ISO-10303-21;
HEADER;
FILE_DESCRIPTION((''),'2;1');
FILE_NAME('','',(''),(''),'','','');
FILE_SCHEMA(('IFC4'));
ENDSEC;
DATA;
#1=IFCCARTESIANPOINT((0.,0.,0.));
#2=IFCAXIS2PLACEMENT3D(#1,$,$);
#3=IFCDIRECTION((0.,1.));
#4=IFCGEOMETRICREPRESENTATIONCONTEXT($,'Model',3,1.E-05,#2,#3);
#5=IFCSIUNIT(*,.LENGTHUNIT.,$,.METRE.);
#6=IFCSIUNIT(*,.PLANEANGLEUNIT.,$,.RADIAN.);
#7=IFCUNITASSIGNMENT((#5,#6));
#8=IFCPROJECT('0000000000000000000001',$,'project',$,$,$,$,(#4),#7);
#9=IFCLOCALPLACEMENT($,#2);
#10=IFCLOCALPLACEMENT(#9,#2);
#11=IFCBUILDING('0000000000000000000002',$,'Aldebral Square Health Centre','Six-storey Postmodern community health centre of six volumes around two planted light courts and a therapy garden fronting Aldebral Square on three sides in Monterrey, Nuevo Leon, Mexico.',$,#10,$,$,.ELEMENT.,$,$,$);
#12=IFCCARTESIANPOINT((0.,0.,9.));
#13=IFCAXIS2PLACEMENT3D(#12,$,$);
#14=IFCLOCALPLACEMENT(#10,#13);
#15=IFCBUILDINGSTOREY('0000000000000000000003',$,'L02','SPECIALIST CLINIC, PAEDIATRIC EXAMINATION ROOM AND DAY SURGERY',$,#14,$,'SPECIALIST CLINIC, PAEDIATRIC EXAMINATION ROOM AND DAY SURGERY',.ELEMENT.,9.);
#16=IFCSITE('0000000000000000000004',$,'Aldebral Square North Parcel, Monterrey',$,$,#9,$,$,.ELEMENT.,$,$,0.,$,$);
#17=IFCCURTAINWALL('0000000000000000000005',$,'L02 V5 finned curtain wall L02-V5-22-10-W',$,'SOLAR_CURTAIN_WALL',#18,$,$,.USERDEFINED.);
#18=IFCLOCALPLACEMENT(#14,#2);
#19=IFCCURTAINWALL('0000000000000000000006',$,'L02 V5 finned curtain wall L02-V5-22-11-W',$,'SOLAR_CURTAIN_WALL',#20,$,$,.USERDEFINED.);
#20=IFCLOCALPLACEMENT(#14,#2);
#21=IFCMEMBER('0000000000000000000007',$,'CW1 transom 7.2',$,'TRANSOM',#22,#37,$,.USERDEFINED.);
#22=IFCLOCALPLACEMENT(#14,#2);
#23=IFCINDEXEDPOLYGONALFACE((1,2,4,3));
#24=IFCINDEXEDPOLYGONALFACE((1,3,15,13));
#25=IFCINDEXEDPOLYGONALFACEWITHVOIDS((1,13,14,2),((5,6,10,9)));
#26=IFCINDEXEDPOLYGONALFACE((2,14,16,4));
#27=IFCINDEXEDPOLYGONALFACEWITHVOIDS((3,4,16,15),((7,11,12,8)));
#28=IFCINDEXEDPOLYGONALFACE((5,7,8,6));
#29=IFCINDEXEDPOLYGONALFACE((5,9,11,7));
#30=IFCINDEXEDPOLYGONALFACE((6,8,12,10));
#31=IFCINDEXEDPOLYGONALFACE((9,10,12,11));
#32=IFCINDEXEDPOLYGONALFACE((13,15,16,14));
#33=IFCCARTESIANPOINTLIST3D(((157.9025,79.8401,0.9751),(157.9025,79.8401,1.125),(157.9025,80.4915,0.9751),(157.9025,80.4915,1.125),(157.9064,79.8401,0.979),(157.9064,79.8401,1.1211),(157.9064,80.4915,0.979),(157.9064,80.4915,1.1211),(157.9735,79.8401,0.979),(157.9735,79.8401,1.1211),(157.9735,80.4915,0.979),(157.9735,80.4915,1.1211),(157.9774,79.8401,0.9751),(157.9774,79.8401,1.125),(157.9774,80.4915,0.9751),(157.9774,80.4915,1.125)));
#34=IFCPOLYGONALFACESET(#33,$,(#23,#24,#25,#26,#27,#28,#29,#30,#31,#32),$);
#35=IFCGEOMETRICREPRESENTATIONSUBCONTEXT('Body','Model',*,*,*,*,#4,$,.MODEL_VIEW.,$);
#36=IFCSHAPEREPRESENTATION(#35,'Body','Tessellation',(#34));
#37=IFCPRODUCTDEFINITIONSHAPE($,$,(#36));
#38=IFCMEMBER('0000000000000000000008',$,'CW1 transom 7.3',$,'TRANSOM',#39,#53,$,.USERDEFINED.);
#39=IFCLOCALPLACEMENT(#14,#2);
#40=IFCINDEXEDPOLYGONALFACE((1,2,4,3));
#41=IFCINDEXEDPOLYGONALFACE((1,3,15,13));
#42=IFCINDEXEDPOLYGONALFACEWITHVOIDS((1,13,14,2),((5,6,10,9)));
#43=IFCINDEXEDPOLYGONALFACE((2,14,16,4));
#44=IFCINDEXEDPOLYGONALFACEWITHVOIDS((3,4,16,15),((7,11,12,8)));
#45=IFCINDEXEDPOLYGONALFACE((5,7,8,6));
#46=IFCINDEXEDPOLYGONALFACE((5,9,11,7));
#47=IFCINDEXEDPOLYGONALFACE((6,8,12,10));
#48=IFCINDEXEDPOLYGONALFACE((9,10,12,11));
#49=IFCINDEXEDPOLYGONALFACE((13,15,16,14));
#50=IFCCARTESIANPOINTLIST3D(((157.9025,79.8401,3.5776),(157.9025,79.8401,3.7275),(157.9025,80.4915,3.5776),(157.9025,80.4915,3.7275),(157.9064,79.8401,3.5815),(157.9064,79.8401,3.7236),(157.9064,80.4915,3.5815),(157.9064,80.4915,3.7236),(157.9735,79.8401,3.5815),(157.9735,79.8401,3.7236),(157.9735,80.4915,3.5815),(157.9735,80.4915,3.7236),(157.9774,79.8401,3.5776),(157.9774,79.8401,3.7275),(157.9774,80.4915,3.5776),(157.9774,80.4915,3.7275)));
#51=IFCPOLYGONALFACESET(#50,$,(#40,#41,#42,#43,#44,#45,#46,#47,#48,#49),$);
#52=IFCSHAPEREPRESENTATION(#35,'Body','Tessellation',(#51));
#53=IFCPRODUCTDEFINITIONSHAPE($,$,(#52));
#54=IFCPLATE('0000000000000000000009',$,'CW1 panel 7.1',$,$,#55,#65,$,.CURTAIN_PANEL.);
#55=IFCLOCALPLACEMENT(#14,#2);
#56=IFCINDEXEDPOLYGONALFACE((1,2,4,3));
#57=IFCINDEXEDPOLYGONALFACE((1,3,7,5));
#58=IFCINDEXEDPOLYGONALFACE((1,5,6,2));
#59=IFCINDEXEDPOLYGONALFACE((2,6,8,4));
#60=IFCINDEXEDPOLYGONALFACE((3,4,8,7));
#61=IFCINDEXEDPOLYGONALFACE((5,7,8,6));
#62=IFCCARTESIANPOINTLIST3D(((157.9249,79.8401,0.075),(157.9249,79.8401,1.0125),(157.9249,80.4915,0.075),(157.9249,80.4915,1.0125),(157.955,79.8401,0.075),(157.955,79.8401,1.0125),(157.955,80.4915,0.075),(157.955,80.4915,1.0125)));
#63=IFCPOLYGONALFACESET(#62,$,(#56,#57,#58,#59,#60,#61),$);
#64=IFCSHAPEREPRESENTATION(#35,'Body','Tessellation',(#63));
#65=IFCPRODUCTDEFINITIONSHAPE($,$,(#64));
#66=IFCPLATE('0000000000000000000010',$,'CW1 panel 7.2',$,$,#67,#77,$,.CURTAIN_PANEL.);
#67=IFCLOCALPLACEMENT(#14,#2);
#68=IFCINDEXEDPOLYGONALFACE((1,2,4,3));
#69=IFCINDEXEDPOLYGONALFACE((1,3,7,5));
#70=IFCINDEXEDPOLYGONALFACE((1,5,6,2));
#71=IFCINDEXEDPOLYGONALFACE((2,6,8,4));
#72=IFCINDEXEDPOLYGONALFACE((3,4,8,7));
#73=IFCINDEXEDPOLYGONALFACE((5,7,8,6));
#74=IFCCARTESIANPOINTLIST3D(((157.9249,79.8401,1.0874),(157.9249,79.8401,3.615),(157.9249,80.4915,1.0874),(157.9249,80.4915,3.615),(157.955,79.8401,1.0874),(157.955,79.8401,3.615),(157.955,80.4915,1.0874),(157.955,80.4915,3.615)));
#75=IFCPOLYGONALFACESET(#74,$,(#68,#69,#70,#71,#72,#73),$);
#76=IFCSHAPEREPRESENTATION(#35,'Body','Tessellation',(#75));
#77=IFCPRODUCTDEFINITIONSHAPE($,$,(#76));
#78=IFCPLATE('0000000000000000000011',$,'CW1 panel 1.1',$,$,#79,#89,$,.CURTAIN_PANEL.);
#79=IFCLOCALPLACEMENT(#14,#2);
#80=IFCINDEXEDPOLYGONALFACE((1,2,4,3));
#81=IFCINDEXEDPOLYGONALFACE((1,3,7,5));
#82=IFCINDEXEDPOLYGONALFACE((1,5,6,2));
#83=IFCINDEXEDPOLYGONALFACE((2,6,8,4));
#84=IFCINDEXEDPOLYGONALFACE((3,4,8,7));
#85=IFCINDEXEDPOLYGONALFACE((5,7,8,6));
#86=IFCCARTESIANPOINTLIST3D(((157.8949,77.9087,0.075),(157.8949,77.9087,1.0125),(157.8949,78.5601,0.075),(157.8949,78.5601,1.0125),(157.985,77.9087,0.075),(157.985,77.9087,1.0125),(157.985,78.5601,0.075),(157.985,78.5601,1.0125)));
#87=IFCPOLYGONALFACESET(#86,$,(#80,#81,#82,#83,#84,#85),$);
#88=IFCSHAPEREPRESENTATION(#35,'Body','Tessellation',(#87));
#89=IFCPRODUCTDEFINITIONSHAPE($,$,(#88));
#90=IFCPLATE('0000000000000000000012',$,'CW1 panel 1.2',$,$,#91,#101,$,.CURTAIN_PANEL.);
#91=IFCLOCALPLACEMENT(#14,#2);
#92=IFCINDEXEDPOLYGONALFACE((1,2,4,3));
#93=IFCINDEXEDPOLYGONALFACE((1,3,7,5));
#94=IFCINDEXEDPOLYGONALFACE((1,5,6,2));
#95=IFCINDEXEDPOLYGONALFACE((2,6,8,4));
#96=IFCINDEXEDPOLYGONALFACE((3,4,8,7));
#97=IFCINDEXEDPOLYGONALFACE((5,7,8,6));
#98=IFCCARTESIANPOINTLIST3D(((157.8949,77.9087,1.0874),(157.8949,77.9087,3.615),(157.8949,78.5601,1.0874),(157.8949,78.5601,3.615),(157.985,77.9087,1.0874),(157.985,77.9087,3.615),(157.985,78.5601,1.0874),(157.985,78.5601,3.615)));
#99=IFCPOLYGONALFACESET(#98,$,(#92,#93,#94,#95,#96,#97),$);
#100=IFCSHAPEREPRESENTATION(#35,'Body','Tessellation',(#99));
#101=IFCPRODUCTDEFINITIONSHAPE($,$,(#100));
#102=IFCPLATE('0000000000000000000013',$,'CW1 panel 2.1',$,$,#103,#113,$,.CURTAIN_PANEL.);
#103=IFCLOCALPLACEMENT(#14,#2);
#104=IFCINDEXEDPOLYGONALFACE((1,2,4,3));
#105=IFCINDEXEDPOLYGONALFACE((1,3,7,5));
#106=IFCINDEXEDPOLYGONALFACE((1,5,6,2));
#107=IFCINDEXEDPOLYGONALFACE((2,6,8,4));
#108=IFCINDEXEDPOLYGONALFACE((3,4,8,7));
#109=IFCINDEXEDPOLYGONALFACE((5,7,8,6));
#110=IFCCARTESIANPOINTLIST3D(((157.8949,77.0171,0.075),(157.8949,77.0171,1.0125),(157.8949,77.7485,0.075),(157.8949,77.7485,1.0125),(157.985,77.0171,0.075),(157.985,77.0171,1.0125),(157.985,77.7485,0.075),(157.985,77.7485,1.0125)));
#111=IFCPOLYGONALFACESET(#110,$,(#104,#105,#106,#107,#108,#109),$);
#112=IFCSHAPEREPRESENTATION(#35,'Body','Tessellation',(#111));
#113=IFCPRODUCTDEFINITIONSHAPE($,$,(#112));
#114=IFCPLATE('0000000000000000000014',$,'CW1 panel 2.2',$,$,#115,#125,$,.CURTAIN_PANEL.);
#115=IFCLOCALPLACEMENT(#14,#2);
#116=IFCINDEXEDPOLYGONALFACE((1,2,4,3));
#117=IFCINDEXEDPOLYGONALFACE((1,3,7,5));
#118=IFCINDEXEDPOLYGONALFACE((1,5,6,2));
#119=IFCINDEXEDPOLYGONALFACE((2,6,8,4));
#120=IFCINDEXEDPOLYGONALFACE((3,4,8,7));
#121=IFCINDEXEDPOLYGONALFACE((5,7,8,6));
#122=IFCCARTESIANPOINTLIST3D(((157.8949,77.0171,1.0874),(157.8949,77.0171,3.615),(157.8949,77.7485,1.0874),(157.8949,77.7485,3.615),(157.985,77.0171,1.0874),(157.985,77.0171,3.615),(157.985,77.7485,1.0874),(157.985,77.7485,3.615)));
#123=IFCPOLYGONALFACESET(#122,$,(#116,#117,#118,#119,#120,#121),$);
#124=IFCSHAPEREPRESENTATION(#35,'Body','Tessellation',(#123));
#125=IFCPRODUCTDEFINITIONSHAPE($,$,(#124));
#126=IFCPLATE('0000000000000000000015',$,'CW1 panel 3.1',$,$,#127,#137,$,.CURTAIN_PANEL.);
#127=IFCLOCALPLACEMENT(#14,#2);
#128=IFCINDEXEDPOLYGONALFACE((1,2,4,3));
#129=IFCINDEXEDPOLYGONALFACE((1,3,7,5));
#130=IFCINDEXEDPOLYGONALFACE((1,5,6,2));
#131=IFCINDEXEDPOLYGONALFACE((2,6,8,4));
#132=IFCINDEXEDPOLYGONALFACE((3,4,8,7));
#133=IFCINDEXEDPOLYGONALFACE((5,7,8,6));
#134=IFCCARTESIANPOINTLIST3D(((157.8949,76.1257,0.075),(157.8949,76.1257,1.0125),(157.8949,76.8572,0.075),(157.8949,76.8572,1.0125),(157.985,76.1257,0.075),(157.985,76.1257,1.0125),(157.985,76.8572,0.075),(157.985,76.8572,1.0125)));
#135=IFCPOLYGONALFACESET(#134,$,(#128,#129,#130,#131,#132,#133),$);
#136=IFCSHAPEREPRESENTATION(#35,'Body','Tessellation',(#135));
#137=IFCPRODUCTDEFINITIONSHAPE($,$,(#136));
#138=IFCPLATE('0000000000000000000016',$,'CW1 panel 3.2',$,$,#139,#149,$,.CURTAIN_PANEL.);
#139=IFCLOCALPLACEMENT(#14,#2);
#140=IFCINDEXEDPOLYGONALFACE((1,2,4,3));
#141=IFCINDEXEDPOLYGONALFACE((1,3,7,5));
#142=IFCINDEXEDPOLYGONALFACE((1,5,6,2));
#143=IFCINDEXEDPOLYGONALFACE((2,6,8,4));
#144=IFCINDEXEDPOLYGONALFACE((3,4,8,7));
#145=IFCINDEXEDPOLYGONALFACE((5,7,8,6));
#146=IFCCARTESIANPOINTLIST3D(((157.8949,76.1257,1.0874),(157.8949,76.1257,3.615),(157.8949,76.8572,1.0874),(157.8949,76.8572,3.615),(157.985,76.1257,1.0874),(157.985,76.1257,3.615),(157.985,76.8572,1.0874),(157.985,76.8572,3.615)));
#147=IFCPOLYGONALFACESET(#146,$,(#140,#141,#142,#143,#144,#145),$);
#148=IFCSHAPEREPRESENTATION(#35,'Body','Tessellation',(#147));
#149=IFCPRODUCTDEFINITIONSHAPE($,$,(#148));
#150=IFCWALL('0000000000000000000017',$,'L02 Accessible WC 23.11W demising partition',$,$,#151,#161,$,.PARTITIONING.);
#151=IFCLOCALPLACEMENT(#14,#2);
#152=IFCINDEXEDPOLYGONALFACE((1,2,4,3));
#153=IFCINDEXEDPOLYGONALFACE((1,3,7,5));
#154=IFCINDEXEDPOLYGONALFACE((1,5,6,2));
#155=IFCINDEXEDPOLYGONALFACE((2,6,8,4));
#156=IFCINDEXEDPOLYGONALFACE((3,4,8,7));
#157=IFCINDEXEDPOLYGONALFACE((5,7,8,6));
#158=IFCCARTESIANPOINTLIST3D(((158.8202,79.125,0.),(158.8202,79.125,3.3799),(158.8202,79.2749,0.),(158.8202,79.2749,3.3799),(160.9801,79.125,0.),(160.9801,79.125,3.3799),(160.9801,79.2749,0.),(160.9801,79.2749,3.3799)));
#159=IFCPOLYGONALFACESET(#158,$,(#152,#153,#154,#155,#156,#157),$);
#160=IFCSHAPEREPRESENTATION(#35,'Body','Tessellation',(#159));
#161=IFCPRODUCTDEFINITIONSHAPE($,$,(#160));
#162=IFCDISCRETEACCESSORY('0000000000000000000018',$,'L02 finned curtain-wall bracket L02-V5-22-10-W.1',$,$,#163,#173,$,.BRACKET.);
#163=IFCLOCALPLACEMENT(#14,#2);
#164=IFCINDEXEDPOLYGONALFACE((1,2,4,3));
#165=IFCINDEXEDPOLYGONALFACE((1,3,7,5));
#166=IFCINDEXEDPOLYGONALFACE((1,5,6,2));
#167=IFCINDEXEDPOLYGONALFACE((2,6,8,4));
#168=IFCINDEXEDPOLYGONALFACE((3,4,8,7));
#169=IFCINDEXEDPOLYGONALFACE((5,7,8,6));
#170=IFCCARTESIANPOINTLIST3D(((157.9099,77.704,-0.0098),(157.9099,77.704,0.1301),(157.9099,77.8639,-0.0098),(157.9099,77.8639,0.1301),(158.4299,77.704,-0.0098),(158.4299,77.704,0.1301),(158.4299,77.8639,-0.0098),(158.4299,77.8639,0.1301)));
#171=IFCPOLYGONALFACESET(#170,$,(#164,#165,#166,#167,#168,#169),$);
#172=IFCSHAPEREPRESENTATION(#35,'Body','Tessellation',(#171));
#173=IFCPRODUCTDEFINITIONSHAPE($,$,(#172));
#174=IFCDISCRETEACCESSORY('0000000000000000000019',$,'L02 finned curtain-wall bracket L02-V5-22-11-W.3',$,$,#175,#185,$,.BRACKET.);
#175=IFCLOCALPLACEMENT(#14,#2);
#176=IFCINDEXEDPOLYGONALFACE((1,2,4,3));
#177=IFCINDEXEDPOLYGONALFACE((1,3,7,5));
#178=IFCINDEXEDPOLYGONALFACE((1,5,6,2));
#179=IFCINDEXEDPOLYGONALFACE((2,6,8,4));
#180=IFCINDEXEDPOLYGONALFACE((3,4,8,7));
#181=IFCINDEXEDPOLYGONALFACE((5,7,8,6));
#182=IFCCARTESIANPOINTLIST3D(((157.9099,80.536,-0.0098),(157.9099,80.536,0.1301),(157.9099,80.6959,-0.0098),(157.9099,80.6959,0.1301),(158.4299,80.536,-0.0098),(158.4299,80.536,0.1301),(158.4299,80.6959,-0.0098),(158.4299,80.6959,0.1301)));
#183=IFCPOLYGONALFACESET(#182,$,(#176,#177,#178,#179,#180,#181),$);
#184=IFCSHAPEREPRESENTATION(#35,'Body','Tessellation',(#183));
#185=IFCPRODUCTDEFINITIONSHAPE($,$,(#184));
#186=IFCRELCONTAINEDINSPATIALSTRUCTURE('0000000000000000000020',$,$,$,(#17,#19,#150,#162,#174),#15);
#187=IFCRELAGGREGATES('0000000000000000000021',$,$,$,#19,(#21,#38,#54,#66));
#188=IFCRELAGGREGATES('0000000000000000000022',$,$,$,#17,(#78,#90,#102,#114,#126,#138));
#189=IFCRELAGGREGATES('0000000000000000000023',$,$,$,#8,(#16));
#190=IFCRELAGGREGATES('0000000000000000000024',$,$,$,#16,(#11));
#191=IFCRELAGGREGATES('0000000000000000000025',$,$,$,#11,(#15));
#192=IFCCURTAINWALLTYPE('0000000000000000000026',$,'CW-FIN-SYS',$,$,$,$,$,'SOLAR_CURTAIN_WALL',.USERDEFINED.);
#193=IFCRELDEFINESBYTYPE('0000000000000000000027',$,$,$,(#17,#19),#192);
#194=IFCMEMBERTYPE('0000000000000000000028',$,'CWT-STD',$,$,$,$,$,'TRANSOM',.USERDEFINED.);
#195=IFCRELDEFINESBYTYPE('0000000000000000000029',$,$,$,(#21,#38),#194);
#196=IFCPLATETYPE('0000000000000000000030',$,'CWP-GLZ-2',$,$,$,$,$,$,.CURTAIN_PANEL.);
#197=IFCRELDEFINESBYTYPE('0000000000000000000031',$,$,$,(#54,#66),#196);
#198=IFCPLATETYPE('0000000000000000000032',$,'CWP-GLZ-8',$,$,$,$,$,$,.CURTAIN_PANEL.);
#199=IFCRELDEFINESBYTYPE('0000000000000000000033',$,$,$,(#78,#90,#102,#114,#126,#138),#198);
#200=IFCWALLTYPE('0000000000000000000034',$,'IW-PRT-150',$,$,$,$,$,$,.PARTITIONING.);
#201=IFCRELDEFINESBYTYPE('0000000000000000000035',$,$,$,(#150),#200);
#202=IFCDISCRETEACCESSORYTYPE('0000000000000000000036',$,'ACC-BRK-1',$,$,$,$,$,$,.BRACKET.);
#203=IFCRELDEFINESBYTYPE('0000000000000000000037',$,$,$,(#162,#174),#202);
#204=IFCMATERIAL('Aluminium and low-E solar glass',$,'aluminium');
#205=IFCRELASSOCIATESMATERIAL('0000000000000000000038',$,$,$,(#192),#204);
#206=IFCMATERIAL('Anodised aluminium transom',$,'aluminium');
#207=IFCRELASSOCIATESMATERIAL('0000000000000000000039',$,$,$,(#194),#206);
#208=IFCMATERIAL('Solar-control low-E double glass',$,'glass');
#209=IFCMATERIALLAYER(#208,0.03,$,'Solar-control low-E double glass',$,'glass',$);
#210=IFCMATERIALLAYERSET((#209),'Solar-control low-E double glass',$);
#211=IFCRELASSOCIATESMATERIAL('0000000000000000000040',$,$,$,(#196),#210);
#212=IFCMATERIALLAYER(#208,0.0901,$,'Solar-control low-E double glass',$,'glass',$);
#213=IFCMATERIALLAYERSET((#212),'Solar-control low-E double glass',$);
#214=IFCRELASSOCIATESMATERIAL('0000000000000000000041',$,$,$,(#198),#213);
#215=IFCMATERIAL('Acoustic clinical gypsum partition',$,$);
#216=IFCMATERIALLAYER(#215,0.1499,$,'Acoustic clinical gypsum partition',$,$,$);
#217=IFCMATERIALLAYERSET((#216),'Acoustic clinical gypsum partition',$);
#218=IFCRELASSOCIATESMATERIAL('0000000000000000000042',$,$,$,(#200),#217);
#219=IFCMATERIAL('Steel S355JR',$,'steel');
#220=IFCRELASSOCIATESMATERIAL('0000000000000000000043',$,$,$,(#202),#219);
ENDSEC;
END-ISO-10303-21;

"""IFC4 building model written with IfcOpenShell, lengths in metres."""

from ifc_helpers import new_model, si_unit, direction, frame, frame_2d, origin, origin_2d, place, context, subcontext, project, spatial, rectangle, hollow_rectangle, extrude, material, layer, layer_set, material_profile, profile_set, type_object, element, aggregate, save


model = new_model("IFC4")

# Units and contexts
model_context = context("Model", 3, precision=1e-05, world=origin(), true_north=direction((0.0, 1.0)))
body_context = subcontext(model_context, "Body", "Model", "MODEL_VIEW")
ifc_project = project(units=[si_unit("LENGTHUNIT", "METRE"), si_unit("PLANEANGLEUNIT", "RADIAN")], contexts=[model_context])

# Site, building, storey
site_placement = place(None, origin())
site = spatial("IfcSite", under=ifc_project, at=site_placement, Name="Aldebral Square North Parcel, Monterrey", CompositionType="ELEMENT", RefElevation=0.0)
building_placement = place(site_placement, origin())
building = spatial("IfcBuilding", under=site, at=building_placement, Name="Aldebral Square Health Centre", Description="Six-storey Postmodern community health centre of six volumes around two planted light courts and a therapy garden fronting Aldebral Square on three sides in Monterrey, Nuevo Leon, Mexico.", CompositionType="ELEMENT")
storey_placement = place(building_placement, frame((0.0, 0.0, 9.0)))
storey = spatial("IfcBuildingStorey", under=building, at=storey_placement, Name="L02", Description="SPECIALIST CLINIC, PAEDIATRIC EXAMINATION ROOM AND DAY SURGERY", LongName="SPECIALIST CLINIC, PAEDIATRIC EXAMINATION ROOM AND DAY SURGERY", CompositionType="ELEMENT", Elevation=9.0)

# Curtain walls
ifc_material_1 = material(Name="Aluminium and low-E solar glass", Category="aluminium")
curtain_wall_type = type_object("IfcCurtainWallType", Name="CW-FIN-SYS", ElementType="SOLAR_CURTAIN_WALL", PredefinedType="USERDEFINED", material=ifc_material_1)
curtain_wall_1_placement = place(storey_placement, origin())
curtain_wall_1 = element("IfcCurtainWall", 1, at=curtain_wall_1_placement, inside=storey, type_object=curtain_wall_type, Name="L02 V5 finned curtain wall L02-V5-22-10-W", ObjectType="SOLAR_CURTAIN_WALL", PredefinedType="USERDEFINED")
curtain_wall_2_placement = place(storey_placement, origin())
curtain_wall_2 = element("IfcCurtainWall", 2, at=curtain_wall_2_placement, inside=storey, type_object=curtain_wall_type, Name="L02 V5 finned curtain wall L02-V5-22-11-W", ObjectType="SOLAR_CURTAIN_WALL", PredefinedType="USERDEFINED")

# Members
ifc_material_2 = material(Name="Anodised aluminium transom", Category="aluminium")
ifc_material_profile_1 = material_profile(ifc_material_2, hollow_rectangle(XDim=0.075, YDim=0.1499, WallThickness=0.0039, at=origin_2d()), Name="CWT 75x150x4")
ifc_profile_set_1 = profile_set([ifc_material_profile_1], Name="Anodised aluminium transom")
member_type_1 = type_object("IfcMemberType", Name="CWT-STD", ElementType="TRANSOM", PredefinedType="USERDEFINED", material=ifc_profile_set_1)
member_1_placement = place(storey_placement, frame((157.9399, 80.4915, 1.05), z_axis=(0.0, -1.0, 0.0), x_axis=(1.0, 0.0, 0.0)))
member_1 = element("IfcMember", 3, at=member_1_placement, type_object=member_type_1, Name="CW1 transom 7.2", ObjectType="TRANSOM", PredefinedType="USERDEFINED", context=body_context, shape_type="SweptSolid", body=[
    extrude(hollow_rectangle(XDim=0.075, YDim=0.1499, WallThickness=0.0039, at=origin_2d()), origin(), (0.0, 0.0, 1.0), 0.6514),
])
member_2_placement = place(storey_placement, frame((157.9399, 80.4915, 3.6526), z_axis=(0.0, -1.0, 0.0), x_axis=(1.0, 0.0, 0.0)))
member_2 = element("IfcMember", 4, at=member_2_placement, type_object=member_type_1, Name="CW1 transom 7.3", ObjectType="TRANSOM", PredefinedType="USERDEFINED", context=body_context, shape_type="SweptSolid", body=[
    extrude(hollow_rectangle(XDim=0.075, YDim=0.1499, WallThickness=0.0039, at=origin_2d()), origin(), (0.0, 0.0, 1.0), 0.6514),
])

# Plates
ifc_material_3 = material(Name="Solar-control low-E double glass", Category="glass")
ifc_layer_1 = layer(ifc_material_3, 0.03, Name="Solar-control low-E double glass", Category="glass")
ifc_layer_set_1 = layer_set([ifc_layer_1], Name="Solar-control low-E double glass")
plate_type_1 = type_object("IfcPlateType", Name="CWP-GLZ-2", PredefinedType="CURTAIN_PANEL", material=ifc_layer_set_1)
plate_1_placement = place(storey_placement, frame((157.9399, 80.1658, 0.075), z_axis=(0.0, 0.0, 1.0), x_axis=(0.0, -1.0, 0.0)))
plate_1 = element("IfcPlate", 5, at=plate_1_placement, type_object=plate_type_1, Name="CW1 panel 7.1", PredefinedType="CURTAIN_PANEL", context=body_context, shape_type="SweptSolid", body=[
    extrude(rectangle(XDim=0.6514, YDim=0.03, at=origin_2d()), origin(), (0.0, 0.0, 1.0), 0.9375),
])
plate_2_placement = place(storey_placement, frame((157.9399, 80.1658, 1.0874), z_axis=(0.0, 0.0, 1.0), x_axis=(0.0, -1.0, 0.0)))
plate_2 = element("IfcPlate", 6, at=plate_2_placement, type_object=plate_type_1, Name="CW1 panel 7.2", PredefinedType="CURTAIN_PANEL", context=body_context, shape_type="SweptSolid", body=[
    extrude(rectangle(XDim=0.6514, YDim=0.03, at=origin_2d()), origin(), (0.0, 0.0, 1.0), 2.5276),
])
aggregate(curtain_wall_2, [member_1, member_2, plate_1, plate_2])
ifc_layer_2 = layer(ifc_material_3, 0.0901, Name="Solar-control low-E double glass", Category="glass")
ifc_layer_set_2 = layer_set([ifc_layer_2], Name="Solar-control low-E double glass")
plate_type_2 = type_object("IfcPlateType", Name="CWP-GLZ-8", PredefinedType="CURTAIN_PANEL", material=ifc_layer_set_2)
plate_3_placement = place(storey_placement, frame((157.9399, 78.2344, 0.075), z_axis=(0.0, 0.0, 1.0), x_axis=(0.0, -1.0, 0.0)))
plate_3 = element("IfcPlate", 7, at=plate_3_placement, type_object=plate_type_2, Name="CW1 panel 1.1", PredefinedType="CURTAIN_PANEL", context=body_context, shape_type="SweptSolid", body=[
    extrude(rectangle(XDim=0.6514, YDim=0.0901, at=origin_2d()), origin(), (0.0, 0.0, 1.0), 0.9375),
])
plate_4_placement = place(storey_placement, frame((157.9399, 78.2344, 1.0874), z_axis=(0.0, 0.0, 1.0), x_axis=(0.0, -1.0, 0.0)))
plate_4 = element("IfcPlate", 8, at=plate_4_placement, type_object=plate_type_2, Name="CW1 panel 1.2", PredefinedType="CURTAIN_PANEL", context=body_context, shape_type="SweptSolid", body=[
    extrude(rectangle(XDim=0.6514, YDim=0.0901, at=origin_2d()), origin(), (0.0, 0.0, 1.0), 2.5276),
])
plate_5_placement = place(storey_placement, frame((157.9399, 77.3828, 0.075), z_axis=(0.0, 0.0, 1.0), x_axis=(0.0, -1.0, 0.0)))
plate_5 = element("IfcPlate", 9, at=plate_5_placement, type_object=plate_type_2, Name="CW1 panel 2.1", PredefinedType="CURTAIN_PANEL", context=body_context, shape_type="SweptSolid", body=[
    extrude(rectangle(XDim=0.7314, YDim=0.0901, at=origin_2d()), origin(), (0.0, 0.0, 1.0), 0.9375),
])
plate_6_placement = place(storey_placement, frame((157.9399, 77.3828, 1.0874), z_axis=(0.0, 0.0, 1.0), x_axis=(0.0, -1.0, 0.0)))
plate_6 = element("IfcPlate", 10, at=plate_6_placement, type_object=plate_type_2, Name="CW1 panel 2.2", PredefinedType="CURTAIN_PANEL", context=body_context, shape_type="SweptSolid", body=[
    extrude(rectangle(XDim=0.7314, YDim=0.0901, at=origin_2d()), origin(), (0.0, 0.0, 1.0), 2.5276),
])
plate_7_placement = place(storey_placement, frame((157.9399, 76.4915, 0.075), z_axis=(0.0, 0.0, 1.0), x_axis=(0.0, -1.0, 0.0)))
plate_7 = element("IfcPlate", 11, at=plate_7_placement, type_object=plate_type_2, Name="CW1 panel 3.1", PredefinedType="CURTAIN_PANEL", context=body_context, shape_type="SweptSolid", body=[
    extrude(rectangle(XDim=0.7314, YDim=0.0901, at=origin_2d()), origin(), (0.0, 0.0, 1.0), 0.9375),
])
plate_8_placement = place(storey_placement, frame((157.9399, 76.4915, 1.0874), z_axis=(0.0, 0.0, 1.0), x_axis=(0.0, -1.0, 0.0)))
plate_8 = element("IfcPlate", 12, at=plate_8_placement, type_object=plate_type_2, Name="CW1 panel 3.2", PredefinedType="CURTAIN_PANEL", context=body_context, shape_type="SweptSolid", body=[
    extrude(rectangle(XDim=0.7314, YDim=0.0901, at=origin_2d()), origin(), (0.0, 0.0, 1.0), 2.5276),
])
aggregate(curtain_wall_1, [plate_3, plate_4, plate_5, plate_6, plate_7, plate_8])

# Wall
ifc_material_4 = material(Name="Acoustic clinical gypsum partition")
ifc_layer_3 = layer(ifc_material_4, 0.1499, Name="Acoustic clinical gypsum partition")
ifc_layer_set_3 = layer_set([ifc_layer_3], Name="Acoustic clinical gypsum partition")
wall_type = type_object("IfcWallType", Name="IW-PRT-150", PredefinedType="PARTITIONING", material=ifc_layer_set_3)
wall_placement = place(storey_placement, frame((158.8201, 79.2, 0.0), z_axis=(0.0, 0.0, 1.0), x_axis=(1.0, 0.0, 0.0)))
element("IfcWall", 13, at=wall_placement, inside=storey, type_object=wall_type, Name="L02 Accessible WC 23.11W demising partition", PredefinedType="PARTITIONING", context=body_context, shape_type="SweptSolid", body=[
    extrude(rectangle(XDim=2.1599, YDim=0.1499, at=frame_2d((1.0801, 0.0))), origin(), (0.0, 0.0, 1.0), 3.3799),
])

# Discrete accessories
ifc_material_5 = material(Name="Steel S355JR", Category="steel")
discrete_accessory_type = type_object("IfcDiscreteAccessoryType", Name="ACC-BRK-1", PredefinedType="BRACKET", material=ifc_material_5)
for number, where, z_axis, x_axis, name in (
    (14, (158.1699, 77.7839, -0.0098), (0.0, 0.0, 1.0), (0.0, 1.0, 0.0), "L02 finned curtain-wall bracket L02-V5-22-10-W.1"),
    (15, (158.1699, 80.616, -0.0098), (0.0, 0.0, 1.0), (0.0, 1.0, 0.0), "L02 finned curtain-wall bracket L02-V5-22-11-W.3"),
):
    element("IfcDiscreteAccessory", number, at=place(storey_placement, frame(where, z_axis=z_axis, x_axis=x_axis)), inside=storey, type_object=discrete_accessory_type, Name=name, PredefinedType="BRACKET", context=body_context, shape_type="SweptSolid", body=[
        extrude(rectangle(XDim=0.1599, YDim=0.52, at=origin_2d()), origin(), (0.0, 0.0, 1.0), 0.1399),
    ])

save(model, "model.ifc")
